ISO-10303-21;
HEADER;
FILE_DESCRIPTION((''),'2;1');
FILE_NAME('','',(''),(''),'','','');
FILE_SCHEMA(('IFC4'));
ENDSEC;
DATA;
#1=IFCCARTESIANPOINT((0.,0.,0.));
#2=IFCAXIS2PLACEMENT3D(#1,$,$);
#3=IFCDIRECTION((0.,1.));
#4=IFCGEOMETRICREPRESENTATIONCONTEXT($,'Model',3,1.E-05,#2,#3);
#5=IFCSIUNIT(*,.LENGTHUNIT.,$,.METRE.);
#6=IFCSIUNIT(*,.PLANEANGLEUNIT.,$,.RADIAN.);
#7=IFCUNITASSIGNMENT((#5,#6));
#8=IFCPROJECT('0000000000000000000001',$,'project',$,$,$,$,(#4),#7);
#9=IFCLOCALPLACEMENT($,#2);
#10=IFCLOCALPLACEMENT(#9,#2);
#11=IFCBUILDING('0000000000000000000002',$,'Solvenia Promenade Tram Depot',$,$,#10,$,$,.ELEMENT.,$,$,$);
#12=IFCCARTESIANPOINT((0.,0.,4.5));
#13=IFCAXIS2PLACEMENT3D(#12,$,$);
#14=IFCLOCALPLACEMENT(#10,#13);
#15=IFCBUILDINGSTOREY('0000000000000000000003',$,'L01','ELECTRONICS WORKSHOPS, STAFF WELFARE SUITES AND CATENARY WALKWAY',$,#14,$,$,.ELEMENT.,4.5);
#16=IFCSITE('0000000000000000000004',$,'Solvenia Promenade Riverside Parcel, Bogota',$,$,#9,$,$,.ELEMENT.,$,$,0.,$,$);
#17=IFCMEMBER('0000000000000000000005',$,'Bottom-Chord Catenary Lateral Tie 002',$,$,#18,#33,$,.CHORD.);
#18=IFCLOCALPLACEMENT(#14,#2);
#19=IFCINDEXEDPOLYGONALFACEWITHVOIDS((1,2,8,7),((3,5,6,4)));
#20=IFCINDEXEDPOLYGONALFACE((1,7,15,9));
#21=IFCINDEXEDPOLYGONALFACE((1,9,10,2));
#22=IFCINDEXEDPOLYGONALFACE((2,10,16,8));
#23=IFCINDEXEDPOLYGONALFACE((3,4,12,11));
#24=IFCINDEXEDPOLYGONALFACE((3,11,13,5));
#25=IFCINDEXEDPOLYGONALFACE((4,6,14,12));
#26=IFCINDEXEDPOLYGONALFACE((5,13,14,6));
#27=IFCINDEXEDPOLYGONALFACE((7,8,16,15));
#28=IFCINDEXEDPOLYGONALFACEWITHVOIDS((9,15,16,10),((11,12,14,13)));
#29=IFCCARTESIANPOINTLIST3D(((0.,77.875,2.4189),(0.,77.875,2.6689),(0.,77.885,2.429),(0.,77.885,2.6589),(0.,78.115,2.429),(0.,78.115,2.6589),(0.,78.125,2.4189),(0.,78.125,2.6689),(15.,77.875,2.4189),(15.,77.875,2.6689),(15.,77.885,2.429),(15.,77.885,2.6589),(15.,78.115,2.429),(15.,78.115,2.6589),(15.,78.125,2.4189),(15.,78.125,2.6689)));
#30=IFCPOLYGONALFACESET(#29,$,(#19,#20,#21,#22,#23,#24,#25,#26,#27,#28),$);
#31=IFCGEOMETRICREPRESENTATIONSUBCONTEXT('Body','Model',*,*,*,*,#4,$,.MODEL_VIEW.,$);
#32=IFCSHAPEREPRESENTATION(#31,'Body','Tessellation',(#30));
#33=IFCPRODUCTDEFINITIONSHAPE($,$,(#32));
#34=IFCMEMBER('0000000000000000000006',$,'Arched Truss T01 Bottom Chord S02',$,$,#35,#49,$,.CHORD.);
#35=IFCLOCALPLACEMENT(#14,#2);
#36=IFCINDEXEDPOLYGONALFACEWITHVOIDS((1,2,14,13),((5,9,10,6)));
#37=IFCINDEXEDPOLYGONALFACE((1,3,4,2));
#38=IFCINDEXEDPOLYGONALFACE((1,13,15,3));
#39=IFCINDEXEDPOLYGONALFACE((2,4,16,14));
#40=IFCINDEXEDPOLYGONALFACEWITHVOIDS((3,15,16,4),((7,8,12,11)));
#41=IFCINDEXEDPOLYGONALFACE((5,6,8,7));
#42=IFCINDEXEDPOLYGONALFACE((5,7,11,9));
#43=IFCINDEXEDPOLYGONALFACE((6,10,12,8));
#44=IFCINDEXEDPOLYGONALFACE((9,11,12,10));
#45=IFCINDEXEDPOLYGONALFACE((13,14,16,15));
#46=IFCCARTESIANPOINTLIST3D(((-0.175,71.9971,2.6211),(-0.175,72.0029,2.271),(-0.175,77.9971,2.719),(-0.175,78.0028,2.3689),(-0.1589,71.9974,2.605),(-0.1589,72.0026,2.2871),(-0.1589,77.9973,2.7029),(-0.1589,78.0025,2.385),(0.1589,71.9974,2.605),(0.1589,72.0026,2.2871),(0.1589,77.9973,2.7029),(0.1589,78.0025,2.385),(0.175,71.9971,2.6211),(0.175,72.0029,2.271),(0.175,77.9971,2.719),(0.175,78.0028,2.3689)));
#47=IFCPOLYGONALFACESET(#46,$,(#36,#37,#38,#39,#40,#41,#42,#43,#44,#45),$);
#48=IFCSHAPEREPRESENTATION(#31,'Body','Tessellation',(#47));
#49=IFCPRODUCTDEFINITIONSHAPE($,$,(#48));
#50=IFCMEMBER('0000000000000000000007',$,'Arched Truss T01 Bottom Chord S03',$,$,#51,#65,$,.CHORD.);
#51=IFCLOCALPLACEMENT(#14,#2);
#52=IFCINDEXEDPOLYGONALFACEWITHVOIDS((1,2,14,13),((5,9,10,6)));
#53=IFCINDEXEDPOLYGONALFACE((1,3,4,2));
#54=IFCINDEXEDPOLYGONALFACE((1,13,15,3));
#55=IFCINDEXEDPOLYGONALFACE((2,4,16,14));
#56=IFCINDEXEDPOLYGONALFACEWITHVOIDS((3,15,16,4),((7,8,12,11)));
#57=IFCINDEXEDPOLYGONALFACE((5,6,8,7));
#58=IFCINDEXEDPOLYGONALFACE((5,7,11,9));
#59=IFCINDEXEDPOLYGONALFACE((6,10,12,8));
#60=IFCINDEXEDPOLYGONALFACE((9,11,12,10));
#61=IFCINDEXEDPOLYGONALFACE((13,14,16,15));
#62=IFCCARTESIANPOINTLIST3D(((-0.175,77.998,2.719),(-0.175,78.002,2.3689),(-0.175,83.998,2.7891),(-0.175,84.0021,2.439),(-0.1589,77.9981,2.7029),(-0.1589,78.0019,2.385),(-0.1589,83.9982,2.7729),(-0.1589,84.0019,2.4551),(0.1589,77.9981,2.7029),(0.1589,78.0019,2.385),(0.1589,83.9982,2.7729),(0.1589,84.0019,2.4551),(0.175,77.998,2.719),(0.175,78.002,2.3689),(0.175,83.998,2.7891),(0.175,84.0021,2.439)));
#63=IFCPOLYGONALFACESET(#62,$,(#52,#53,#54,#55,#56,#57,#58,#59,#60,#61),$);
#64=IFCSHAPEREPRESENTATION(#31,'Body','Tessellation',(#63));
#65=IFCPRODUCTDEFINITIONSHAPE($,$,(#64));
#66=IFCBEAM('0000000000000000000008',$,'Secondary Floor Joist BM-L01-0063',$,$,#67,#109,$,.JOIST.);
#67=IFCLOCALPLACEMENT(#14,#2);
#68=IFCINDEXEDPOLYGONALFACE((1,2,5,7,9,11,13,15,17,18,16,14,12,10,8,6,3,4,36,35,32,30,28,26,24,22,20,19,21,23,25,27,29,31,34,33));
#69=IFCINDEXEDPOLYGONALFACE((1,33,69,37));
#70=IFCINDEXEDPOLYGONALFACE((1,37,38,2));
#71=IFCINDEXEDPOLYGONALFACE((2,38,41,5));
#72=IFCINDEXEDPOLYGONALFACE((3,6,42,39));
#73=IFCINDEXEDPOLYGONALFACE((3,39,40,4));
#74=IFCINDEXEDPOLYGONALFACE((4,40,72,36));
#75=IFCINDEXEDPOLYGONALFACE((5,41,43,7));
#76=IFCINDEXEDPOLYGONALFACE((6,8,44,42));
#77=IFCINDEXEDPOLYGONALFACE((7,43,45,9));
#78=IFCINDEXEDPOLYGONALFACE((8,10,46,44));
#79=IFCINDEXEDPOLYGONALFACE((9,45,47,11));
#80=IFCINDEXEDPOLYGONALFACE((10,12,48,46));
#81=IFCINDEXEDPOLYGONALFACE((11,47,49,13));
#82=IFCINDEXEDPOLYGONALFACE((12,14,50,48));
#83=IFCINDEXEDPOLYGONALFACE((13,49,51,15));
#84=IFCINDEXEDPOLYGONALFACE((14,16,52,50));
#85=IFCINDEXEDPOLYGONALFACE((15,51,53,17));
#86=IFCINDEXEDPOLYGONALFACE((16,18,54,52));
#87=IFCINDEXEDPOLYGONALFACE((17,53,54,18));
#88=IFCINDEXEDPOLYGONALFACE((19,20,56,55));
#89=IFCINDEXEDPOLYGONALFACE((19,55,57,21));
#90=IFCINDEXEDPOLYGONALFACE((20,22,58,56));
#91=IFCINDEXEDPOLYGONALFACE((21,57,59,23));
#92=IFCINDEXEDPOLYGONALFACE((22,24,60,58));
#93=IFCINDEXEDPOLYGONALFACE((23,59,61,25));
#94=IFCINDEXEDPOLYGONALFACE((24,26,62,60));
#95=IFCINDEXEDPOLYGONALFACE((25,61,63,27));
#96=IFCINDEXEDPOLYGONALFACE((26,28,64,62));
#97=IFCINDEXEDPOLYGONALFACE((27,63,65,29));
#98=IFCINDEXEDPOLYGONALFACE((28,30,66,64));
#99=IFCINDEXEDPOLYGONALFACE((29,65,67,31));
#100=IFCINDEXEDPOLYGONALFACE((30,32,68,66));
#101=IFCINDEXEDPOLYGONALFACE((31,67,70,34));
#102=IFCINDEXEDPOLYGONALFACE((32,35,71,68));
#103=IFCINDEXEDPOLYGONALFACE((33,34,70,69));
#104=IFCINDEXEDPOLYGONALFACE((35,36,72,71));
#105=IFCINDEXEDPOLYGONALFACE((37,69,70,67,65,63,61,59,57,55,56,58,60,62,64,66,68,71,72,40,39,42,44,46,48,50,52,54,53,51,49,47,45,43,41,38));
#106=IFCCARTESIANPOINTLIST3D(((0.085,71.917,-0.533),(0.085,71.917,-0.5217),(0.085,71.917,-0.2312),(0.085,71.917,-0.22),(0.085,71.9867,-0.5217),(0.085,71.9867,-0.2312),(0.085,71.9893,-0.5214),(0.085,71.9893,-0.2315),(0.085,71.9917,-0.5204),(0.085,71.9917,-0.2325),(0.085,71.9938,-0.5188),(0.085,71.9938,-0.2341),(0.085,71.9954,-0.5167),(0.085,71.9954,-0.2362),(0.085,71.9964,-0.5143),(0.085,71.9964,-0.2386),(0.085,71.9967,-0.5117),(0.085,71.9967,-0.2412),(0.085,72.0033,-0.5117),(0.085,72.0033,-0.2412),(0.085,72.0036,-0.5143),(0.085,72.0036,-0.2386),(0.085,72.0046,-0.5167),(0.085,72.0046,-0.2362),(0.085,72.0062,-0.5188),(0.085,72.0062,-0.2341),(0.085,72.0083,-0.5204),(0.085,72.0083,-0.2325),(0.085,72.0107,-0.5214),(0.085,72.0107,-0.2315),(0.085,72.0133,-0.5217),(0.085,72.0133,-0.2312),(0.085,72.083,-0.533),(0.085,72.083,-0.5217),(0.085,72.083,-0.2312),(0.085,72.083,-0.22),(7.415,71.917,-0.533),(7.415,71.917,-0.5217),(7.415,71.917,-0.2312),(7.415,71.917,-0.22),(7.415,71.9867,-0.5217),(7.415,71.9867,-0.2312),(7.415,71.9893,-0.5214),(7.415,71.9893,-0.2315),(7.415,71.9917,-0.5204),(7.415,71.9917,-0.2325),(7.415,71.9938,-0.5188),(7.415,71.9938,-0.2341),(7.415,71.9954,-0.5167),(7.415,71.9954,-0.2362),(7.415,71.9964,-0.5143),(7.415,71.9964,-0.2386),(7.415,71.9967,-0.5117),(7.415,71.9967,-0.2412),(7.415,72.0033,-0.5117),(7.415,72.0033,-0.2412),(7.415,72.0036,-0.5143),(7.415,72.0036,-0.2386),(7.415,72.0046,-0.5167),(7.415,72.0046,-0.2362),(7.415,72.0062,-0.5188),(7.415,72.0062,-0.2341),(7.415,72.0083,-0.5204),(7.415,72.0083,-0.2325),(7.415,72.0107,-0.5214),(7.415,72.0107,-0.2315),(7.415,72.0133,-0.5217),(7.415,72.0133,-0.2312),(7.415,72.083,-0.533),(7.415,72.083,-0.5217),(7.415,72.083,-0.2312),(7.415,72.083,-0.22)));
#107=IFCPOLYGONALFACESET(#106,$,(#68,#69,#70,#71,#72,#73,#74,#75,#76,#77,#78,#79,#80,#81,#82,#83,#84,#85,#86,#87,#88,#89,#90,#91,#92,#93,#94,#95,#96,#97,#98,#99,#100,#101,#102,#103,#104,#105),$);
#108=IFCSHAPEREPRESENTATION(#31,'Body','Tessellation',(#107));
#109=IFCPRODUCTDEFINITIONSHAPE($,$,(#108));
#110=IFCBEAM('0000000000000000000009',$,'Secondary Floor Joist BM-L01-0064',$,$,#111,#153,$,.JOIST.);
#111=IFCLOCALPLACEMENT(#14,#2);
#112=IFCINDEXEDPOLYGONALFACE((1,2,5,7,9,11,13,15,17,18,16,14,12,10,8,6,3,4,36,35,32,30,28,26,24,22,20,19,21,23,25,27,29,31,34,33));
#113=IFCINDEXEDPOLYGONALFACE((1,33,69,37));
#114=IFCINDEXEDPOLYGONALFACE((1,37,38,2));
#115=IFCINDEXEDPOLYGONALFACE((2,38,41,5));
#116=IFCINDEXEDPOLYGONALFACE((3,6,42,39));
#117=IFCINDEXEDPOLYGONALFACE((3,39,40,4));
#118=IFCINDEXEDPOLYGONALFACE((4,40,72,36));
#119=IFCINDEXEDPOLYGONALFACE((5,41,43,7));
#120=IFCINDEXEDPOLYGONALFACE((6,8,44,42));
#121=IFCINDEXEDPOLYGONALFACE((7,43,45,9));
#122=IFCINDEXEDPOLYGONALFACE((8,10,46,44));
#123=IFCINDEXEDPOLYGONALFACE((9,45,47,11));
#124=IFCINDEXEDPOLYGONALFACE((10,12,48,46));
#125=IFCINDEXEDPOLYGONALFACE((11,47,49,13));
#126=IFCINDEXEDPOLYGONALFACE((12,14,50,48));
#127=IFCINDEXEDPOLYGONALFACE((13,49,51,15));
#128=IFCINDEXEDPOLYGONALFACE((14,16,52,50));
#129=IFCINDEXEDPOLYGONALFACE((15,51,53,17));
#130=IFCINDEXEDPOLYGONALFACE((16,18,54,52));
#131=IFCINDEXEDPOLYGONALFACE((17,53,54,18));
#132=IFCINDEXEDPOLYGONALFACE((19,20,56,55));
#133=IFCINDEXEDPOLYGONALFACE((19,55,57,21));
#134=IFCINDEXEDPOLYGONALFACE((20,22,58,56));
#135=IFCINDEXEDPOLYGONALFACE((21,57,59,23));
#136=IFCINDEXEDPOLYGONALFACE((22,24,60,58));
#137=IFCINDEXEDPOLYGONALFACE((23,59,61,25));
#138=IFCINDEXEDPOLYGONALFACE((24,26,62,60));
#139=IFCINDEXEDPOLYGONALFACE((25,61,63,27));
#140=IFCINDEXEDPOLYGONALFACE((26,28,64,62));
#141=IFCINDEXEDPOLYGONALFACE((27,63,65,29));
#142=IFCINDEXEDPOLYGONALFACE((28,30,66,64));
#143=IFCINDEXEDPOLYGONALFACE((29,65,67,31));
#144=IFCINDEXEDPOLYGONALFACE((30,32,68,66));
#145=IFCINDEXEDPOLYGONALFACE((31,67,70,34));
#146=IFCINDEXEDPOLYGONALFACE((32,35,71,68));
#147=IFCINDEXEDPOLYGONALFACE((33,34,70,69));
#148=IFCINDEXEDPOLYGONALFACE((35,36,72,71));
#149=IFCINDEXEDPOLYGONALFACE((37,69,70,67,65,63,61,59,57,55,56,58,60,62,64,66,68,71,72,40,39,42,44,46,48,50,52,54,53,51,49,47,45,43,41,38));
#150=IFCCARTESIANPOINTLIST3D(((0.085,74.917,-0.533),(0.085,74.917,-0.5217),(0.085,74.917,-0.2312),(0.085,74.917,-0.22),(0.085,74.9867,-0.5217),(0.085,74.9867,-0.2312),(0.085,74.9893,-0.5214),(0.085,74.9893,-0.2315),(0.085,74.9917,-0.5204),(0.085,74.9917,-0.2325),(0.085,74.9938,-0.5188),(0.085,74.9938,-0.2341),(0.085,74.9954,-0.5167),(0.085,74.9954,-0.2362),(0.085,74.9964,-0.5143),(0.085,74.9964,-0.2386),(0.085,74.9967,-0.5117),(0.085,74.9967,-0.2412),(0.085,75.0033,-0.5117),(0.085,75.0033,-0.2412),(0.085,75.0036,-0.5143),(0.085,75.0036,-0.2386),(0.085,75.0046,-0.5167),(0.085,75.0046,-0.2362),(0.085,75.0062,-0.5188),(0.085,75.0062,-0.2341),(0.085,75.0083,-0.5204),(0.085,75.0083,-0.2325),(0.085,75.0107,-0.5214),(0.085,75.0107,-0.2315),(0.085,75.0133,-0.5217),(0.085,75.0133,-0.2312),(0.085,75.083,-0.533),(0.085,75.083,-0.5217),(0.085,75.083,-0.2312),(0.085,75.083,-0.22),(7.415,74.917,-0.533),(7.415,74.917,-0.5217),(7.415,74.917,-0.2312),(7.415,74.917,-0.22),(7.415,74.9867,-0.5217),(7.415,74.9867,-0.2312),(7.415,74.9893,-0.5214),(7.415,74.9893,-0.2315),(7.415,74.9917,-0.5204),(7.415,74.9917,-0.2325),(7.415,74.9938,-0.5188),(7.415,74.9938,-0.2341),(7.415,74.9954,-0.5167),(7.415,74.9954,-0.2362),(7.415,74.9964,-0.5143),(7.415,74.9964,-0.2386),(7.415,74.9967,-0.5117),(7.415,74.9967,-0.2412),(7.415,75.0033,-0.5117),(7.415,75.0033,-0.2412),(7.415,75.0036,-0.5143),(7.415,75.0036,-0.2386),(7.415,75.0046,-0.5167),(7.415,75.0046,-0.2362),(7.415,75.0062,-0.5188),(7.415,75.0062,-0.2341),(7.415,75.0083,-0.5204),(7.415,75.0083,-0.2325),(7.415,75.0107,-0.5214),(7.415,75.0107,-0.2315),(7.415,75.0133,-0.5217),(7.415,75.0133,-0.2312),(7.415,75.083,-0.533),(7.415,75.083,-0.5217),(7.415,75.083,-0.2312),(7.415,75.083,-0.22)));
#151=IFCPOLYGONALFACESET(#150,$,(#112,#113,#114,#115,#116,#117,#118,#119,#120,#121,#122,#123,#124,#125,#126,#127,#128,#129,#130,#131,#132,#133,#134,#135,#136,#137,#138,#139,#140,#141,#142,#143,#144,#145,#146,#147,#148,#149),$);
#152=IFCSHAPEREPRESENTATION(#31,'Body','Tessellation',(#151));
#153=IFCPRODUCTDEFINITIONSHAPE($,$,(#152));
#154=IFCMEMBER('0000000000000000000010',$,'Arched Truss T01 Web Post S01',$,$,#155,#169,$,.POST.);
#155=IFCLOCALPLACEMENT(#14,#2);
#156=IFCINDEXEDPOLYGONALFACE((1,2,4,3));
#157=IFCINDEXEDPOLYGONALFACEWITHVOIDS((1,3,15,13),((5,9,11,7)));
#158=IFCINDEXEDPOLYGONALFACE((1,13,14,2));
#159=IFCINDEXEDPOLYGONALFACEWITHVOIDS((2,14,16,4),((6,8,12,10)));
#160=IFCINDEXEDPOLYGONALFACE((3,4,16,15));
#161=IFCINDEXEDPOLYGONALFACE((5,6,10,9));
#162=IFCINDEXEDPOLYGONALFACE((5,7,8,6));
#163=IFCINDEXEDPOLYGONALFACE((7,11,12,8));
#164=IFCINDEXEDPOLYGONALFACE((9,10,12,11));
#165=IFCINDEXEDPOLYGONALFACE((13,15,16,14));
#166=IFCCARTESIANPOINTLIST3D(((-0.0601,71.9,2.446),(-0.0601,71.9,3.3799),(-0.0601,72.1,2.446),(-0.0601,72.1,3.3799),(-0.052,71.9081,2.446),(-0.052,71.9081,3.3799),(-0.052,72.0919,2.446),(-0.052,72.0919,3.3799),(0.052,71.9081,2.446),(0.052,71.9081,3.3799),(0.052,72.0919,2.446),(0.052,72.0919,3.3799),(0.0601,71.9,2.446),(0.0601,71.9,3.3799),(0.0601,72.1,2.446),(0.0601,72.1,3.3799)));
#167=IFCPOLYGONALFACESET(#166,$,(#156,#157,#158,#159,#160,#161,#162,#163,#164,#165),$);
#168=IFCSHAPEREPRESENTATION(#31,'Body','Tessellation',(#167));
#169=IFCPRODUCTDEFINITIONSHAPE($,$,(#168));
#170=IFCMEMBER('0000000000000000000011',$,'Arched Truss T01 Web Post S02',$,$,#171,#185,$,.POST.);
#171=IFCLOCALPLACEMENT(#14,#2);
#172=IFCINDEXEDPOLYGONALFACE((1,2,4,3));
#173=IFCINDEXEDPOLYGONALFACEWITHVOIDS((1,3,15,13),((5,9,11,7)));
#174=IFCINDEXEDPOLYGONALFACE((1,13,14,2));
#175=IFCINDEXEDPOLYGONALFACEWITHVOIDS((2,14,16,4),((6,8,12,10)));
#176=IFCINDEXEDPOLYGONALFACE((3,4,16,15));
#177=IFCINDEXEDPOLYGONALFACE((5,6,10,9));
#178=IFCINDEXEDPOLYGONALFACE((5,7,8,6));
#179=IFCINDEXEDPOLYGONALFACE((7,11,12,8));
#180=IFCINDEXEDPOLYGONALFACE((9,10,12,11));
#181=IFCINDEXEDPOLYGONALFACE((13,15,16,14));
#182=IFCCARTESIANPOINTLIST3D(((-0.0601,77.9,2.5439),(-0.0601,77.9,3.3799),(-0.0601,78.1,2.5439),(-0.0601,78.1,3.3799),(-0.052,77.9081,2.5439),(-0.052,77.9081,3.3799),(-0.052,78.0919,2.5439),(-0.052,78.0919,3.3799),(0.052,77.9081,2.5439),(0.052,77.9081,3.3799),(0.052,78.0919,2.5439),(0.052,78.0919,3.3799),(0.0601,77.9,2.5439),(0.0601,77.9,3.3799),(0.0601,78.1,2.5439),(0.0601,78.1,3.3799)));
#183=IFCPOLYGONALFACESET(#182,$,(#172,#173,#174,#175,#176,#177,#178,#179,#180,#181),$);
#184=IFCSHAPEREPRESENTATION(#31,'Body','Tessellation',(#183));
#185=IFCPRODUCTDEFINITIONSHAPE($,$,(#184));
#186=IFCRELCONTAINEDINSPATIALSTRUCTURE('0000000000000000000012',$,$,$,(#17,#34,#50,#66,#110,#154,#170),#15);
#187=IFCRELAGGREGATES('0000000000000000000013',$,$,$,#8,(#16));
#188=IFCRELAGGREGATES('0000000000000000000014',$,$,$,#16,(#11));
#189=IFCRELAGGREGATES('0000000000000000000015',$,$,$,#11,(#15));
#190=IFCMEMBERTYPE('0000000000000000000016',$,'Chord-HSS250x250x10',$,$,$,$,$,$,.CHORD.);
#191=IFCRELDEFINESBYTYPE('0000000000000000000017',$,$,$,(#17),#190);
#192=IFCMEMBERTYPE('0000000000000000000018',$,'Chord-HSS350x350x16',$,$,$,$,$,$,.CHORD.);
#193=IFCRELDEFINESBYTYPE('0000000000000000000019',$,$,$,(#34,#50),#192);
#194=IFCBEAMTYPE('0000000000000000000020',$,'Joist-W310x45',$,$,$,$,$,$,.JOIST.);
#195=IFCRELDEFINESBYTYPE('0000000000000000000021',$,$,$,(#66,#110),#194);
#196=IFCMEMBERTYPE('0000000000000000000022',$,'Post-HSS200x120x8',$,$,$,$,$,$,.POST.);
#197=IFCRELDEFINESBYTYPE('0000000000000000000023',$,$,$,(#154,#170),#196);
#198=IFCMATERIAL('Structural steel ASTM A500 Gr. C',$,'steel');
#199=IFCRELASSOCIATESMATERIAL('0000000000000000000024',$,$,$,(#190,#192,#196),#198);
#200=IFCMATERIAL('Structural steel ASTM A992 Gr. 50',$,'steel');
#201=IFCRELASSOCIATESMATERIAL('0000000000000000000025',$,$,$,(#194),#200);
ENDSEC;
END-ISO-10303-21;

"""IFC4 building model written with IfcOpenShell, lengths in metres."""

from ifc_helpers import new_model, si_unit, direction, frame, origin, origin_2d, place, context, subcontext, project, spatial, hollow_rectangle, i_section, extrude, material, material_profile, profile_set, type_object, element, save


model = new_model("IFC4")

# Units and contexts
model_context = context("Model", 3, precision=1e-05, world=origin(), true_north=direction((0.0, 1.0)))
body_context = subcontext(model_context, "Body", "Model", "MODEL_VIEW")
ifc_project = project(units=[si_unit("LENGTHUNIT", "METRE"), si_unit("PLANEANGLEUNIT", "RADIAN")], contexts=[model_context])

# Site, building, storey
site_placement = place(None, origin())
site = spatial("IfcSite", under=ifc_project, at=site_placement, Name="Solvenia Promenade Riverside Parcel, Bogota", CompositionType="ELEMENT", RefElevation=0.0)
building_placement = place(site_placement, origin())
building = spatial("IfcBuilding", under=site, at=building_placement, Name="Solvenia Promenade Tram Depot", CompositionType="ELEMENT")
storey_placement = place(building_placement, frame((0.0, 0.0, 4.5)))
storey = spatial("IfcBuildingStorey", under=building, at=storey_placement, Name="L01", Description="ELECTRONICS WORKSHOPS, STAFF WELFARE SUITES AND CATENARY WALKWAY", CompositionType="ELEMENT", Elevation=4.5)

# Members
ifc_material_1 = material(Name="Structural steel ASTM A500 Gr. C", Category="steel")
ifc_material_profile_1 = material_profile(ifc_material_1, hollow_rectangle(XDim=0.25, YDim=0.25, WallThickness=0.01, at=origin_2d()), Name="HSS250x250x10", Category="steel")
ifc_profile_set_1 = profile_set([ifc_material_profile_1], Name="Structural steel ASTM A500 Gr. C")
member_type_1 = type_object("IfcMemberType", Name="Chord-HSS250x250x10", PredefinedType="CHORD", material=ifc_profile_set_1)
for number, where, z_axis, x_axis, name in (
    (1, (0.0, 78.0, 2.5439), (1.0, 0.0, 0.0), (0.0, 1.0, 0.0), "Bottom-Chord Catenary Lateral Tie 002"),
):
    element("IfcMember", number, at=place(storey_placement, frame(where, z_axis=z_axis, x_axis=x_axis)), inside=storey, type_object=member_type_1, Name=name, PredefinedType="CHORD", context=body_context, shape_type="SweptSolid", body=[
        extrude(hollow_rectangle(XDim=0.25, YDim=0.25, WallThickness=0.01, at=origin_2d()), origin(), (0.0, 0.0, 1.0), 15.0),
    ])
ifc_material_profile_2 = material_profile(ifc_material_1, hollow_rectangle(XDim=0.3501, YDim=0.3501, WallThickness=0.0161, at=origin_2d()), Name="HSS350x350x16", Category="steel")
ifc_profile_set_2 = profile_set([ifc_material_profile_2], Name="Structural steel ASTM A500 Gr. C")
member_type_2 = type_object("IfcMemberType", Name="Chord-HSS350x350x16", PredefinedType="CHORD", material=ifc_profile_set_2)
member_1_placement = place(storey_placement, frame((0.0, 72.0, 2.446), z_axis=(0.0, 0.999867, 0.016315), x_axis=(-1.0, 0.0, 0.0)))
element("IfcMember", 2, at=member_1_placement, inside=storey, type_object=member_type_2, Name="Arched Truss T01 Bottom Chord S02", PredefinedType="CHORD", context=body_context, shape_type="SweptSolid", body=[
    extrude(hollow_rectangle(XDim=0.3501, YDim=0.3501, WallThickness=0.0161, at=origin_2d()), origin(), (0.0, 0.0, 1.0), 6.0007),
])
member_2_placement = place(storey_placement, frame((0.0, 78.0, 2.5439), z_axis=(0.0, 0.999932, 0.011677), x_axis=(-1.0, 0.0, 0.0)))
element("IfcMember", 3, at=member_2_placement, inside=storey, type_object=member_type_2, Name="Arched Truss T01 Bottom Chord S03", PredefinedType="CHORD", context=body_context, shape_type="SweptSolid", body=[
    extrude(hollow_rectangle(XDim=0.3501, YDim=0.3501, WallThickness=0.0161, at=origin_2d()), origin(), (0.0, 0.0, 1.0), 6.0005),
])

# Beams
ifc_material_2 = material(Name="Structural steel ASTM A992 Gr. 50", Category="steel")
ifc_material_profile_3 = material_profile(ifc_material_2, i_section(OverallWidth=0.166, OverallDepth=0.313, WebThickness=0.0066, FlangeThickness=0.0112, FilletRadius=0.01, at=origin_2d()), Name="W310x45", Category="steel")
ifc_profile_set_3 = profile_set([ifc_material_profile_3], Name="Structural steel ASTM A992 Gr. 50")
beam_type_1 = type_object("IfcBeamType", Name="Joist-W310x45", PredefinedType="JOIST", material=ifc_profile_set_3)
for number, where, z_axis, x_axis, name in (
    (4, (0.085, 72.0, -0.3765), (1.0, 0.0, 0.0), (0.0, 1.0, 0.0), "Secondary Floor Joist BM-L01-0063"),
    (5, (0.085, 75.0, -0.3765), (1.0, 0.0, 0.0), (0.0, 1.0, 0.0), "Secondary Floor Joist BM-L01-0064"),
):
    element("IfcBeam", number, at=place(storey_placement, frame(where, z_axis=z_axis, x_axis=x_axis)), inside=storey, type_object=beam_type_1, Name=name, PredefinedType="JOIST", context=body_context, shape_type="SweptSolid", body=[
        extrude(i_section(OverallWidth=0.166, OverallDepth=0.313, WebThickness=0.0066, FlangeThickness=0.0112, FilletRadius=0.01, at=origin_2d()), origin(), (0.0, 0.0, 1.0), 7.3301),
    ])

# Members
ifc_material_profile_4 = material_profile(ifc_material_1, hollow_rectangle(XDim=0.1201, YDim=0.2, WallThickness=0.0081, at=origin_2d()), Name="HSS200x120x8", Category="steel")
ifc_profile_set_4 = profile_set([ifc_material_profile_4], Name="Structural steel ASTM A500 Gr. C")
member_type_3 = type_object("IfcMemberType", Name="Post-HSS200x120x8", PredefinedType="POST", material=ifc_profile_set_4)
member_3_placement = place(storey_placement, frame((0.0, 72.0, 2.446), z_axis=(0.0, 0.0, 1.0), x_axis=(1.0, 0.0, 0.0)))
element("IfcMember", 6, at=member_3_placement, inside=storey, type_object=member_type_3, Name="Arched Truss T01 Web Post S01", PredefinedType="POST", context=body_context, shape_type="SweptSolid", body=[
    extrude(hollow_rectangle(XDim=0.1201, YDim=0.2, WallThickness=0.0081, at=origin_2d()), origin(), (0.0, 0.0, 1.0), 0.9338),
])
member_4_placement = place(storey_placement, frame((0.0, 78.0, 2.5439), z_axis=(0.0, 0.0, 1.0), x_axis=(1.0, 0.0, 0.0)))
element("IfcMember", 7, at=member_4_placement, inside=storey, type_object=member_type_3, Name="Arched Truss T01 Web Post S02", PredefinedType="POST", context=body_context, shape_type="SweptSolid", body=[
    extrude(hollow_rectangle(XDim=0.1201, YDim=0.2, WallThickness=0.0081, at=origin_2d()), origin(), (0.0, 0.0, 1.0), 0.8359),
])

save(model, "model.ifc")
